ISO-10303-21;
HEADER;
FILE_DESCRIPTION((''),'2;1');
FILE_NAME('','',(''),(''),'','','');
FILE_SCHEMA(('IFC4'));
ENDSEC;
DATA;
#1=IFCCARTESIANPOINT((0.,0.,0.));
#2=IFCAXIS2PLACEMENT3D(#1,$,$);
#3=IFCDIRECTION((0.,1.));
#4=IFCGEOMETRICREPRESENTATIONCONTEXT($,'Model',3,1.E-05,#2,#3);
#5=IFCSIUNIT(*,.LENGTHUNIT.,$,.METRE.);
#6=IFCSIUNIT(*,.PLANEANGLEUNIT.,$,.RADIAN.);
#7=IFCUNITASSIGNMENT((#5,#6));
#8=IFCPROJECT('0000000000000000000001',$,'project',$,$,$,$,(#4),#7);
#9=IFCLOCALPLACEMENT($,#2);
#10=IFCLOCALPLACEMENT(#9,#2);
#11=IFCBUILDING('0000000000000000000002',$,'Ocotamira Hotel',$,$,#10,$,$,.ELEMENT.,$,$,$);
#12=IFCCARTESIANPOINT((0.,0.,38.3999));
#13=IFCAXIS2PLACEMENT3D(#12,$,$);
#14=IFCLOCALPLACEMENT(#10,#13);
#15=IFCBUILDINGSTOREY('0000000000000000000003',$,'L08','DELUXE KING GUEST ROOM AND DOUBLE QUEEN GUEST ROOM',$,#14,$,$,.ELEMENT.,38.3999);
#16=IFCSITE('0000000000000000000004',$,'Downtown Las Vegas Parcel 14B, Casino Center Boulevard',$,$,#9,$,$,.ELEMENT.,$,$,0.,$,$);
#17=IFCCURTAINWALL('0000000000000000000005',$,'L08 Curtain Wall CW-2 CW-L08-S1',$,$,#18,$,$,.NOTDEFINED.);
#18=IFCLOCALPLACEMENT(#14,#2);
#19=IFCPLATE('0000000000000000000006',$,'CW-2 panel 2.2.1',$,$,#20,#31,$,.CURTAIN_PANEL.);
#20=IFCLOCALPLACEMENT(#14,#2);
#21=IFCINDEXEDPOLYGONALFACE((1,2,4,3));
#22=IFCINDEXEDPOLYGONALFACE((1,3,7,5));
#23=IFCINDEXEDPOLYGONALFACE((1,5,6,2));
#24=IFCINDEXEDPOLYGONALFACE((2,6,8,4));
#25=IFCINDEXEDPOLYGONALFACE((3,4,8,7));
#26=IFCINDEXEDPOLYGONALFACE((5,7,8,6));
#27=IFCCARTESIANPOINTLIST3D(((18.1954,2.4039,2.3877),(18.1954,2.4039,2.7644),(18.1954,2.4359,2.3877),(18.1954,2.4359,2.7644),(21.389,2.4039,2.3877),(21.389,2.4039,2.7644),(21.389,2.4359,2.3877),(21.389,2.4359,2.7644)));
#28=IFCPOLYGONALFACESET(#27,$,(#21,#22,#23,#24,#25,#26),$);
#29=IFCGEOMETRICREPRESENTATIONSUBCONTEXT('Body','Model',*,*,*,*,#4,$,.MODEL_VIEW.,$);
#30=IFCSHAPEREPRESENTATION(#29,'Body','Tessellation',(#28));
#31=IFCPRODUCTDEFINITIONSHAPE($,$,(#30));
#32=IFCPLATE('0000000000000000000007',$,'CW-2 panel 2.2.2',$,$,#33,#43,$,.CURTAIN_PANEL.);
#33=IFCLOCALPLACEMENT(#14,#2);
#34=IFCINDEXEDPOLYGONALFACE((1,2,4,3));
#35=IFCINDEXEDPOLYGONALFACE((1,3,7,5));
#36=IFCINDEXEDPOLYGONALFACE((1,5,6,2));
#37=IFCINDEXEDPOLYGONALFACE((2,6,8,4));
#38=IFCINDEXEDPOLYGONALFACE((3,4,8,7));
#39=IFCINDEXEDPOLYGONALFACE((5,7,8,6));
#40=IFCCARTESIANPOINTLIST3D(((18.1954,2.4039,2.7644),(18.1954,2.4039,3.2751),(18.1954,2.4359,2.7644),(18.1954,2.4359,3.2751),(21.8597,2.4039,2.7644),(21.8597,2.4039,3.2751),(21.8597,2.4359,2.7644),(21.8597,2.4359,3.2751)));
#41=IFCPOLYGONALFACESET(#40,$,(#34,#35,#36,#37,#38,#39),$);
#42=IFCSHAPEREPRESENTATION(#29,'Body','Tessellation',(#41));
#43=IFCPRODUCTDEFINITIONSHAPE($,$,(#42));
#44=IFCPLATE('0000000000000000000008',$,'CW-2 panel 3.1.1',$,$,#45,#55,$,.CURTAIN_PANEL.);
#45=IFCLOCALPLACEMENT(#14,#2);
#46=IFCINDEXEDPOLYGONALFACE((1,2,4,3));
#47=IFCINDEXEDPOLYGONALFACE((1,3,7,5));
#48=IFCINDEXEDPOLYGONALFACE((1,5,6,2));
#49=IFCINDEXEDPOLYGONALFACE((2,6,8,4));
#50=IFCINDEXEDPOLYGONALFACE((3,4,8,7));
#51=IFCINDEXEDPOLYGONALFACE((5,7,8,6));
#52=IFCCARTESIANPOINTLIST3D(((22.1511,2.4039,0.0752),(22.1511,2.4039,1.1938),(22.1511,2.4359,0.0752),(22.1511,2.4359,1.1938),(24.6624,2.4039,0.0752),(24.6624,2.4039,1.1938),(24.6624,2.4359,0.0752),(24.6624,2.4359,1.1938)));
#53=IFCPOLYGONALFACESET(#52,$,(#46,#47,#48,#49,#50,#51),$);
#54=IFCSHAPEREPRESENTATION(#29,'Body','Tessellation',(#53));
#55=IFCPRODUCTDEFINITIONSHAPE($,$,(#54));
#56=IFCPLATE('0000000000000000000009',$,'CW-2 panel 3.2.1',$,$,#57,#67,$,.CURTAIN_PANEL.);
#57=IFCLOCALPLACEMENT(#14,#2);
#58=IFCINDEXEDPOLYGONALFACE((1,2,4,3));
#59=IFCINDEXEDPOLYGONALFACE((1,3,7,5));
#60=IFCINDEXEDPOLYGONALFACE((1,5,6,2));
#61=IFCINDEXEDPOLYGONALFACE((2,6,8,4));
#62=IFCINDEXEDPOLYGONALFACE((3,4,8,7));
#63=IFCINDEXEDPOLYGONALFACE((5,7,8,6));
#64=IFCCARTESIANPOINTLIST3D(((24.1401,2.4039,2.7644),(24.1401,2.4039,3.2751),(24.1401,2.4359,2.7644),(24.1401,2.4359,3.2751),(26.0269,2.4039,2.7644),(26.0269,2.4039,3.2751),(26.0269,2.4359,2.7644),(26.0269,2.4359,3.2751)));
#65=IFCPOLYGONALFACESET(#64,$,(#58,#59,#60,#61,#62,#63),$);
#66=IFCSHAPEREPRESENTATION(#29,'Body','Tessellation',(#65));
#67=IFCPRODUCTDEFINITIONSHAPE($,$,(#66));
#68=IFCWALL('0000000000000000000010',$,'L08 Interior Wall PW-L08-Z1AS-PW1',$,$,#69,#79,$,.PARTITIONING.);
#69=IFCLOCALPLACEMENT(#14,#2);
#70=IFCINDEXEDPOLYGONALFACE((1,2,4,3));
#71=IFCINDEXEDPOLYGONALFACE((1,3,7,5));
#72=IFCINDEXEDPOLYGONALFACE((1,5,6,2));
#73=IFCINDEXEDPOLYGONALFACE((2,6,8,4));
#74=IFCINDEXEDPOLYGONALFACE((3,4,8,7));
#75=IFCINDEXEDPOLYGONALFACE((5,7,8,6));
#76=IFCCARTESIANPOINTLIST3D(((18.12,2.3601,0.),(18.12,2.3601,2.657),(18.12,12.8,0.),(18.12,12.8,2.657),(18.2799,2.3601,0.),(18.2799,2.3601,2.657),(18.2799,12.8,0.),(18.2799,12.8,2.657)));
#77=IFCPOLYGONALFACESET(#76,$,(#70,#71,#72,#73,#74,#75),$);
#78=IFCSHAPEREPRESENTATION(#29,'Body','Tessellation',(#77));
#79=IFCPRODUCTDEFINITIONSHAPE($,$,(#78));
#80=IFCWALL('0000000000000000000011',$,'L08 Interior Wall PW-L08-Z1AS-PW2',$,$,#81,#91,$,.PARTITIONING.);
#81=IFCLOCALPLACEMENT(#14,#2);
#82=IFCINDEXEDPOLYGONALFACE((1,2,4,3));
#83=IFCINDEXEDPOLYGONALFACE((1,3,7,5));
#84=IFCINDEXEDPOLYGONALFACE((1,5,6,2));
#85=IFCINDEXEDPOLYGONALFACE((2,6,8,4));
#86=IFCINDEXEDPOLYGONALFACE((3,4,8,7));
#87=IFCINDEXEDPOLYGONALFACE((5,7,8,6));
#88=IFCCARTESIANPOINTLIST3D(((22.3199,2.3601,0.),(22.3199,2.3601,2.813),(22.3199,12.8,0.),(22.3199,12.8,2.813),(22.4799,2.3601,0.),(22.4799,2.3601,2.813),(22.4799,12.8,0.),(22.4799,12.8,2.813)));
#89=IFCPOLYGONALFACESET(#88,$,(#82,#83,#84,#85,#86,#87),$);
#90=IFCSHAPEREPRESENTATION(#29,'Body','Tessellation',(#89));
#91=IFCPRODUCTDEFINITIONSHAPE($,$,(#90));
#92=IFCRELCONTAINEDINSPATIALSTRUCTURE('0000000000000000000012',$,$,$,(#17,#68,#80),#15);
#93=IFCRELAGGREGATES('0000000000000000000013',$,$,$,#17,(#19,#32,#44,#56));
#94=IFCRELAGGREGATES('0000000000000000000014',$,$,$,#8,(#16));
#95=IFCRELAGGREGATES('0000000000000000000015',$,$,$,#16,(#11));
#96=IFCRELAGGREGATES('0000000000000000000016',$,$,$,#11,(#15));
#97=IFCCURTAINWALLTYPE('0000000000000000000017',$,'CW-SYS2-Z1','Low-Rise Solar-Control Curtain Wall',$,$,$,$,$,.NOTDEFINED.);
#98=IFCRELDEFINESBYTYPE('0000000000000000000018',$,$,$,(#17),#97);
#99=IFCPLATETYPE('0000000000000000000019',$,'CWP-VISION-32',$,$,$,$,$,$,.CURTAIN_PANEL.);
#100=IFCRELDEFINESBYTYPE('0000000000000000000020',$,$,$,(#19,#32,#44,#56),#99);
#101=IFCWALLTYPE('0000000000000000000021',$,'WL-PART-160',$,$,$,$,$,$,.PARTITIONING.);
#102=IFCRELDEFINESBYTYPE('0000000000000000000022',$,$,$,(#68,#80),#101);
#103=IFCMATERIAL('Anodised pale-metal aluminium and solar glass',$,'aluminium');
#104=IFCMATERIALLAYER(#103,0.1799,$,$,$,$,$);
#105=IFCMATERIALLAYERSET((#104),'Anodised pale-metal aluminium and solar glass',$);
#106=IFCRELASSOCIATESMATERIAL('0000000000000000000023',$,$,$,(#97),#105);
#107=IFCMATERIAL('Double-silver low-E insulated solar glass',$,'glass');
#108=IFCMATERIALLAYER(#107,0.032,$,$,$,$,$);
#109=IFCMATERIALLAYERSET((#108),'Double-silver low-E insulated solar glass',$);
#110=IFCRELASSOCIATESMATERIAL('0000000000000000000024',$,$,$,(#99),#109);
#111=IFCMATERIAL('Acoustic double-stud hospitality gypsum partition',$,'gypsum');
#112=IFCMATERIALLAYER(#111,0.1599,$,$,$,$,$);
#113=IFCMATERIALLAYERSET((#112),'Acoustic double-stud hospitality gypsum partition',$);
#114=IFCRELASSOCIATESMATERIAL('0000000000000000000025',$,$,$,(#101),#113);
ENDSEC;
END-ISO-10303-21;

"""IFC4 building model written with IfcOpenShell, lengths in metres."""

from ifc_helpers import new_model, si_unit, direction, frame, frame_2d, origin, origin_2d, place, context, subcontext, project, spatial, rectangle, extrude, source, transform, mapped, material, layer, layer_set, type_object, element, aggregate, save


model = new_model("IFC4")

# Units and contexts
model_context = context("Model", 3, precision=1e-05, world=origin(), true_north=direction((0.0, 1.0)))
body_context = subcontext(model_context, "Body", "Model", "MODEL_VIEW")
ifc_project = project(units=[si_unit("LENGTHUNIT", "METRE"), si_unit("PLANEANGLEUNIT", "RADIAN")], contexts=[model_context])

# Site, building, storey
site_placement = place(None, origin())
site = spatial("IfcSite", under=ifc_project, at=site_placement, Name="Downtown Las Vegas Parcel 14B, Casino Center Boulevard", CompositionType="ELEMENT", RefElevation=0.0)
building_placement = place(site_placement, origin())
building = spatial("IfcBuilding", under=site, at=building_placement, Name="Ocotamira Hotel", CompositionType="ELEMENT")
storey_placement = place(building_placement, frame((0.0, 0.0, 38.3999)))
storey = spatial("IfcBuildingStorey", under=building, at=storey_placement, Name="L08", Description="DELUXE KING GUEST ROOM AND DOUBLE QUEEN GUEST ROOM", CompositionType="ELEMENT", Elevation=38.3999)

# Curtain wall
ifc_material_1 = material(Name="Anodised pale-metal aluminium and solar glass", Category="aluminium")
ifc_layer_1 = layer(ifc_material_1, 0.1799)
ifc_layer_set_1 = layer_set([ifc_layer_1], Name="Anodised pale-metal aluminium and solar glass")
curtain_wall_type = type_object("IfcCurtainWallType", Name="CW-SYS2-Z1", Description="Low-Rise Solar-Control Curtain Wall", PredefinedType="NOTDEFINED", material=ifc_layer_set_1)
curtain_wall_placement = place(storey_placement, origin())
curtain_wall = element("IfcCurtainWall", 1, at=curtain_wall_placement, inside=storey, type_object=curtain_wall_type, Name="L08 Curtain Wall CW-2 CW-L08-S1", PredefinedType="NOTDEFINED")

# Plates
ifc_material_2 = material(Name="Double-silver low-E insulated solar glass", Category="glass")
ifc_layer_2 = layer(ifc_material_2, 0.032)
ifc_layer_set_2 = layer_set([ifc_layer_2], Name="Double-silver low-E insulated solar glass")
plate_type_1 = type_object("IfcPlateType", Name="CWP-VISION-32", PredefinedType="CURTAIN_PANEL", material=ifc_layer_set_2)
shared_shape_1 = source(origin(), body_context, "Body", "SweptSolid", [
    extrude(rectangle(XDim=3.1936, YDim=0.032, at=origin_2d()), origin(), (0.0, 0.0, 1.0), 0.3767),
])
plate_1_placement = place(storey_placement, frame((19.7922, 2.4199, 2.3877), z_axis=(0.0, 0.0, 1.0), x_axis=(1.0, 0.0, 0.0)))
plate_1 = element("IfcPlate", 2, at=plate_1_placement, type_object=plate_type_1, Name="CW-2 panel 2.2.1", PredefinedType="CURTAIN_PANEL", context=body_context, shape_type="MappedRepresentation", body=[
    mapped(shared_shape_1, transform((0.0, 0.0, 0.0), scale=1.0)),
])
shared_shape_2 = source(origin(), body_context, "Body", "SweptSolid", [
    extrude(rectangle(XDim=3.6643, YDim=0.032, at=origin_2d()), origin(), (0.0, 0.0, 1.0), 0.5107),
])
plate_2_placement = place(storey_placement, frame((20.0276, 2.4199, 2.7644), z_axis=(0.0, 0.0, 1.0), x_axis=(1.0, 0.0, 0.0)))
plate_2 = element("IfcPlate", 3, at=plate_2_placement, type_object=plate_type_1, Name="CW-2 panel 2.2.2", PredefinedType="CURTAIN_PANEL", context=body_context, shape_type="MappedRepresentation", body=[
    mapped(shared_shape_2, transform((0.0, 0.0, 0.0), scale=1.0)),
])
shared_shape_3 = source(origin(), body_context, "Body", "SweptSolid", [
    extrude(rectangle(XDim=2.5112, YDim=0.032, at=origin_2d()), origin(), (0.0, 0.0, 1.0), 1.1187),
])
plate_3_placement = place(storey_placement, frame((23.4067, 2.4199, 0.0752), z_axis=(0.0, 0.0, 1.0), x_axis=(1.0, 0.0, 0.0)))
plate_3 = element("IfcPlate", 4, at=plate_3_placement, type_object=plate_type_1, Name="CW-2 panel 3.1.1", PredefinedType="CURTAIN_PANEL", context=body_context, shape_type="MappedRepresentation", body=[
    mapped(shared_shape_3, transform((0.0, 0.0, 0.0), scale=1.0)),
])
shared_shape_4 = source(origin(), body_context, "Body", "SweptSolid", [
    extrude(rectangle(XDim=1.8867, YDim=0.032, at=origin_2d()), origin(), (0.0, 0.0, 1.0), 0.5107),
])
plate_4_placement = place(storey_placement, frame((25.0835, 2.4199, 2.7644), z_axis=(0.0, 0.0, 1.0), x_axis=(1.0, 0.0, 0.0)))
plate_4 = element("IfcPlate", 5, at=plate_4_placement, type_object=plate_type_1, Name="CW-2 panel 3.2.1", PredefinedType="CURTAIN_PANEL", context=body_context, shape_type="MappedRepresentation", body=[
    mapped(shared_shape_4, transform((0.0, 0.0, 0.0), scale=1.0)),
])
aggregate(curtain_wall, [plate_1, plate_2, plate_3, plate_4])

# Walls
ifc_material_3 = material(Name="Acoustic double-stud hospitality gypsum partition", Category="gypsum")
ifc_layer_3 = layer(ifc_material_3, 0.1599)
ifc_layer_set_3 = layer_set([ifc_layer_3], Name="Acoustic double-stud hospitality gypsum partition")
wall_type = type_object("IfcWallType", Name="WL-PART-160", PredefinedType="PARTITIONING", material=ifc_layer_set_3)
wall_1_placement = place(storey_placement, frame((18.2, 2.3601, 0.0), z_axis=(0.0, 0.0, 1.0), x_axis=(0.0, 1.0, 0.0)))
element("IfcWall", 6, at=wall_1_placement, inside=storey, type_object=wall_type, Name="L08 Interior Wall PW-L08-Z1AS-PW1", PredefinedType="PARTITIONING", context=body_context, shape_type="SweptSolid", body=[
    extrude(rectangle(XDim=10.4399, YDim=0.1599, at=frame_2d((5.22, 0.0))), origin(), (0.0, 0.0, 1.0), 2.657),
])
wall_2_placement = place(storey_placement, frame((22.3999, 2.3601, 0.0), z_axis=(0.0, 0.0, 1.0), x_axis=(0.0, 1.0, 0.0)))
element("IfcWall", 7, at=wall_2_placement, inside=storey, type_object=wall_type, Name="L08 Interior Wall PW-L08-Z1AS-PW2", PredefinedType="PARTITIONING", context=body_context, shape_type="SweptSolid", body=[
    extrude(rectangle(XDim=10.4399, YDim=0.1599, at=frame_2d((5.22, 0.0))), origin(), (0.0, 0.0, 1.0), 2.813),
])

save(model, "model.ifc")
